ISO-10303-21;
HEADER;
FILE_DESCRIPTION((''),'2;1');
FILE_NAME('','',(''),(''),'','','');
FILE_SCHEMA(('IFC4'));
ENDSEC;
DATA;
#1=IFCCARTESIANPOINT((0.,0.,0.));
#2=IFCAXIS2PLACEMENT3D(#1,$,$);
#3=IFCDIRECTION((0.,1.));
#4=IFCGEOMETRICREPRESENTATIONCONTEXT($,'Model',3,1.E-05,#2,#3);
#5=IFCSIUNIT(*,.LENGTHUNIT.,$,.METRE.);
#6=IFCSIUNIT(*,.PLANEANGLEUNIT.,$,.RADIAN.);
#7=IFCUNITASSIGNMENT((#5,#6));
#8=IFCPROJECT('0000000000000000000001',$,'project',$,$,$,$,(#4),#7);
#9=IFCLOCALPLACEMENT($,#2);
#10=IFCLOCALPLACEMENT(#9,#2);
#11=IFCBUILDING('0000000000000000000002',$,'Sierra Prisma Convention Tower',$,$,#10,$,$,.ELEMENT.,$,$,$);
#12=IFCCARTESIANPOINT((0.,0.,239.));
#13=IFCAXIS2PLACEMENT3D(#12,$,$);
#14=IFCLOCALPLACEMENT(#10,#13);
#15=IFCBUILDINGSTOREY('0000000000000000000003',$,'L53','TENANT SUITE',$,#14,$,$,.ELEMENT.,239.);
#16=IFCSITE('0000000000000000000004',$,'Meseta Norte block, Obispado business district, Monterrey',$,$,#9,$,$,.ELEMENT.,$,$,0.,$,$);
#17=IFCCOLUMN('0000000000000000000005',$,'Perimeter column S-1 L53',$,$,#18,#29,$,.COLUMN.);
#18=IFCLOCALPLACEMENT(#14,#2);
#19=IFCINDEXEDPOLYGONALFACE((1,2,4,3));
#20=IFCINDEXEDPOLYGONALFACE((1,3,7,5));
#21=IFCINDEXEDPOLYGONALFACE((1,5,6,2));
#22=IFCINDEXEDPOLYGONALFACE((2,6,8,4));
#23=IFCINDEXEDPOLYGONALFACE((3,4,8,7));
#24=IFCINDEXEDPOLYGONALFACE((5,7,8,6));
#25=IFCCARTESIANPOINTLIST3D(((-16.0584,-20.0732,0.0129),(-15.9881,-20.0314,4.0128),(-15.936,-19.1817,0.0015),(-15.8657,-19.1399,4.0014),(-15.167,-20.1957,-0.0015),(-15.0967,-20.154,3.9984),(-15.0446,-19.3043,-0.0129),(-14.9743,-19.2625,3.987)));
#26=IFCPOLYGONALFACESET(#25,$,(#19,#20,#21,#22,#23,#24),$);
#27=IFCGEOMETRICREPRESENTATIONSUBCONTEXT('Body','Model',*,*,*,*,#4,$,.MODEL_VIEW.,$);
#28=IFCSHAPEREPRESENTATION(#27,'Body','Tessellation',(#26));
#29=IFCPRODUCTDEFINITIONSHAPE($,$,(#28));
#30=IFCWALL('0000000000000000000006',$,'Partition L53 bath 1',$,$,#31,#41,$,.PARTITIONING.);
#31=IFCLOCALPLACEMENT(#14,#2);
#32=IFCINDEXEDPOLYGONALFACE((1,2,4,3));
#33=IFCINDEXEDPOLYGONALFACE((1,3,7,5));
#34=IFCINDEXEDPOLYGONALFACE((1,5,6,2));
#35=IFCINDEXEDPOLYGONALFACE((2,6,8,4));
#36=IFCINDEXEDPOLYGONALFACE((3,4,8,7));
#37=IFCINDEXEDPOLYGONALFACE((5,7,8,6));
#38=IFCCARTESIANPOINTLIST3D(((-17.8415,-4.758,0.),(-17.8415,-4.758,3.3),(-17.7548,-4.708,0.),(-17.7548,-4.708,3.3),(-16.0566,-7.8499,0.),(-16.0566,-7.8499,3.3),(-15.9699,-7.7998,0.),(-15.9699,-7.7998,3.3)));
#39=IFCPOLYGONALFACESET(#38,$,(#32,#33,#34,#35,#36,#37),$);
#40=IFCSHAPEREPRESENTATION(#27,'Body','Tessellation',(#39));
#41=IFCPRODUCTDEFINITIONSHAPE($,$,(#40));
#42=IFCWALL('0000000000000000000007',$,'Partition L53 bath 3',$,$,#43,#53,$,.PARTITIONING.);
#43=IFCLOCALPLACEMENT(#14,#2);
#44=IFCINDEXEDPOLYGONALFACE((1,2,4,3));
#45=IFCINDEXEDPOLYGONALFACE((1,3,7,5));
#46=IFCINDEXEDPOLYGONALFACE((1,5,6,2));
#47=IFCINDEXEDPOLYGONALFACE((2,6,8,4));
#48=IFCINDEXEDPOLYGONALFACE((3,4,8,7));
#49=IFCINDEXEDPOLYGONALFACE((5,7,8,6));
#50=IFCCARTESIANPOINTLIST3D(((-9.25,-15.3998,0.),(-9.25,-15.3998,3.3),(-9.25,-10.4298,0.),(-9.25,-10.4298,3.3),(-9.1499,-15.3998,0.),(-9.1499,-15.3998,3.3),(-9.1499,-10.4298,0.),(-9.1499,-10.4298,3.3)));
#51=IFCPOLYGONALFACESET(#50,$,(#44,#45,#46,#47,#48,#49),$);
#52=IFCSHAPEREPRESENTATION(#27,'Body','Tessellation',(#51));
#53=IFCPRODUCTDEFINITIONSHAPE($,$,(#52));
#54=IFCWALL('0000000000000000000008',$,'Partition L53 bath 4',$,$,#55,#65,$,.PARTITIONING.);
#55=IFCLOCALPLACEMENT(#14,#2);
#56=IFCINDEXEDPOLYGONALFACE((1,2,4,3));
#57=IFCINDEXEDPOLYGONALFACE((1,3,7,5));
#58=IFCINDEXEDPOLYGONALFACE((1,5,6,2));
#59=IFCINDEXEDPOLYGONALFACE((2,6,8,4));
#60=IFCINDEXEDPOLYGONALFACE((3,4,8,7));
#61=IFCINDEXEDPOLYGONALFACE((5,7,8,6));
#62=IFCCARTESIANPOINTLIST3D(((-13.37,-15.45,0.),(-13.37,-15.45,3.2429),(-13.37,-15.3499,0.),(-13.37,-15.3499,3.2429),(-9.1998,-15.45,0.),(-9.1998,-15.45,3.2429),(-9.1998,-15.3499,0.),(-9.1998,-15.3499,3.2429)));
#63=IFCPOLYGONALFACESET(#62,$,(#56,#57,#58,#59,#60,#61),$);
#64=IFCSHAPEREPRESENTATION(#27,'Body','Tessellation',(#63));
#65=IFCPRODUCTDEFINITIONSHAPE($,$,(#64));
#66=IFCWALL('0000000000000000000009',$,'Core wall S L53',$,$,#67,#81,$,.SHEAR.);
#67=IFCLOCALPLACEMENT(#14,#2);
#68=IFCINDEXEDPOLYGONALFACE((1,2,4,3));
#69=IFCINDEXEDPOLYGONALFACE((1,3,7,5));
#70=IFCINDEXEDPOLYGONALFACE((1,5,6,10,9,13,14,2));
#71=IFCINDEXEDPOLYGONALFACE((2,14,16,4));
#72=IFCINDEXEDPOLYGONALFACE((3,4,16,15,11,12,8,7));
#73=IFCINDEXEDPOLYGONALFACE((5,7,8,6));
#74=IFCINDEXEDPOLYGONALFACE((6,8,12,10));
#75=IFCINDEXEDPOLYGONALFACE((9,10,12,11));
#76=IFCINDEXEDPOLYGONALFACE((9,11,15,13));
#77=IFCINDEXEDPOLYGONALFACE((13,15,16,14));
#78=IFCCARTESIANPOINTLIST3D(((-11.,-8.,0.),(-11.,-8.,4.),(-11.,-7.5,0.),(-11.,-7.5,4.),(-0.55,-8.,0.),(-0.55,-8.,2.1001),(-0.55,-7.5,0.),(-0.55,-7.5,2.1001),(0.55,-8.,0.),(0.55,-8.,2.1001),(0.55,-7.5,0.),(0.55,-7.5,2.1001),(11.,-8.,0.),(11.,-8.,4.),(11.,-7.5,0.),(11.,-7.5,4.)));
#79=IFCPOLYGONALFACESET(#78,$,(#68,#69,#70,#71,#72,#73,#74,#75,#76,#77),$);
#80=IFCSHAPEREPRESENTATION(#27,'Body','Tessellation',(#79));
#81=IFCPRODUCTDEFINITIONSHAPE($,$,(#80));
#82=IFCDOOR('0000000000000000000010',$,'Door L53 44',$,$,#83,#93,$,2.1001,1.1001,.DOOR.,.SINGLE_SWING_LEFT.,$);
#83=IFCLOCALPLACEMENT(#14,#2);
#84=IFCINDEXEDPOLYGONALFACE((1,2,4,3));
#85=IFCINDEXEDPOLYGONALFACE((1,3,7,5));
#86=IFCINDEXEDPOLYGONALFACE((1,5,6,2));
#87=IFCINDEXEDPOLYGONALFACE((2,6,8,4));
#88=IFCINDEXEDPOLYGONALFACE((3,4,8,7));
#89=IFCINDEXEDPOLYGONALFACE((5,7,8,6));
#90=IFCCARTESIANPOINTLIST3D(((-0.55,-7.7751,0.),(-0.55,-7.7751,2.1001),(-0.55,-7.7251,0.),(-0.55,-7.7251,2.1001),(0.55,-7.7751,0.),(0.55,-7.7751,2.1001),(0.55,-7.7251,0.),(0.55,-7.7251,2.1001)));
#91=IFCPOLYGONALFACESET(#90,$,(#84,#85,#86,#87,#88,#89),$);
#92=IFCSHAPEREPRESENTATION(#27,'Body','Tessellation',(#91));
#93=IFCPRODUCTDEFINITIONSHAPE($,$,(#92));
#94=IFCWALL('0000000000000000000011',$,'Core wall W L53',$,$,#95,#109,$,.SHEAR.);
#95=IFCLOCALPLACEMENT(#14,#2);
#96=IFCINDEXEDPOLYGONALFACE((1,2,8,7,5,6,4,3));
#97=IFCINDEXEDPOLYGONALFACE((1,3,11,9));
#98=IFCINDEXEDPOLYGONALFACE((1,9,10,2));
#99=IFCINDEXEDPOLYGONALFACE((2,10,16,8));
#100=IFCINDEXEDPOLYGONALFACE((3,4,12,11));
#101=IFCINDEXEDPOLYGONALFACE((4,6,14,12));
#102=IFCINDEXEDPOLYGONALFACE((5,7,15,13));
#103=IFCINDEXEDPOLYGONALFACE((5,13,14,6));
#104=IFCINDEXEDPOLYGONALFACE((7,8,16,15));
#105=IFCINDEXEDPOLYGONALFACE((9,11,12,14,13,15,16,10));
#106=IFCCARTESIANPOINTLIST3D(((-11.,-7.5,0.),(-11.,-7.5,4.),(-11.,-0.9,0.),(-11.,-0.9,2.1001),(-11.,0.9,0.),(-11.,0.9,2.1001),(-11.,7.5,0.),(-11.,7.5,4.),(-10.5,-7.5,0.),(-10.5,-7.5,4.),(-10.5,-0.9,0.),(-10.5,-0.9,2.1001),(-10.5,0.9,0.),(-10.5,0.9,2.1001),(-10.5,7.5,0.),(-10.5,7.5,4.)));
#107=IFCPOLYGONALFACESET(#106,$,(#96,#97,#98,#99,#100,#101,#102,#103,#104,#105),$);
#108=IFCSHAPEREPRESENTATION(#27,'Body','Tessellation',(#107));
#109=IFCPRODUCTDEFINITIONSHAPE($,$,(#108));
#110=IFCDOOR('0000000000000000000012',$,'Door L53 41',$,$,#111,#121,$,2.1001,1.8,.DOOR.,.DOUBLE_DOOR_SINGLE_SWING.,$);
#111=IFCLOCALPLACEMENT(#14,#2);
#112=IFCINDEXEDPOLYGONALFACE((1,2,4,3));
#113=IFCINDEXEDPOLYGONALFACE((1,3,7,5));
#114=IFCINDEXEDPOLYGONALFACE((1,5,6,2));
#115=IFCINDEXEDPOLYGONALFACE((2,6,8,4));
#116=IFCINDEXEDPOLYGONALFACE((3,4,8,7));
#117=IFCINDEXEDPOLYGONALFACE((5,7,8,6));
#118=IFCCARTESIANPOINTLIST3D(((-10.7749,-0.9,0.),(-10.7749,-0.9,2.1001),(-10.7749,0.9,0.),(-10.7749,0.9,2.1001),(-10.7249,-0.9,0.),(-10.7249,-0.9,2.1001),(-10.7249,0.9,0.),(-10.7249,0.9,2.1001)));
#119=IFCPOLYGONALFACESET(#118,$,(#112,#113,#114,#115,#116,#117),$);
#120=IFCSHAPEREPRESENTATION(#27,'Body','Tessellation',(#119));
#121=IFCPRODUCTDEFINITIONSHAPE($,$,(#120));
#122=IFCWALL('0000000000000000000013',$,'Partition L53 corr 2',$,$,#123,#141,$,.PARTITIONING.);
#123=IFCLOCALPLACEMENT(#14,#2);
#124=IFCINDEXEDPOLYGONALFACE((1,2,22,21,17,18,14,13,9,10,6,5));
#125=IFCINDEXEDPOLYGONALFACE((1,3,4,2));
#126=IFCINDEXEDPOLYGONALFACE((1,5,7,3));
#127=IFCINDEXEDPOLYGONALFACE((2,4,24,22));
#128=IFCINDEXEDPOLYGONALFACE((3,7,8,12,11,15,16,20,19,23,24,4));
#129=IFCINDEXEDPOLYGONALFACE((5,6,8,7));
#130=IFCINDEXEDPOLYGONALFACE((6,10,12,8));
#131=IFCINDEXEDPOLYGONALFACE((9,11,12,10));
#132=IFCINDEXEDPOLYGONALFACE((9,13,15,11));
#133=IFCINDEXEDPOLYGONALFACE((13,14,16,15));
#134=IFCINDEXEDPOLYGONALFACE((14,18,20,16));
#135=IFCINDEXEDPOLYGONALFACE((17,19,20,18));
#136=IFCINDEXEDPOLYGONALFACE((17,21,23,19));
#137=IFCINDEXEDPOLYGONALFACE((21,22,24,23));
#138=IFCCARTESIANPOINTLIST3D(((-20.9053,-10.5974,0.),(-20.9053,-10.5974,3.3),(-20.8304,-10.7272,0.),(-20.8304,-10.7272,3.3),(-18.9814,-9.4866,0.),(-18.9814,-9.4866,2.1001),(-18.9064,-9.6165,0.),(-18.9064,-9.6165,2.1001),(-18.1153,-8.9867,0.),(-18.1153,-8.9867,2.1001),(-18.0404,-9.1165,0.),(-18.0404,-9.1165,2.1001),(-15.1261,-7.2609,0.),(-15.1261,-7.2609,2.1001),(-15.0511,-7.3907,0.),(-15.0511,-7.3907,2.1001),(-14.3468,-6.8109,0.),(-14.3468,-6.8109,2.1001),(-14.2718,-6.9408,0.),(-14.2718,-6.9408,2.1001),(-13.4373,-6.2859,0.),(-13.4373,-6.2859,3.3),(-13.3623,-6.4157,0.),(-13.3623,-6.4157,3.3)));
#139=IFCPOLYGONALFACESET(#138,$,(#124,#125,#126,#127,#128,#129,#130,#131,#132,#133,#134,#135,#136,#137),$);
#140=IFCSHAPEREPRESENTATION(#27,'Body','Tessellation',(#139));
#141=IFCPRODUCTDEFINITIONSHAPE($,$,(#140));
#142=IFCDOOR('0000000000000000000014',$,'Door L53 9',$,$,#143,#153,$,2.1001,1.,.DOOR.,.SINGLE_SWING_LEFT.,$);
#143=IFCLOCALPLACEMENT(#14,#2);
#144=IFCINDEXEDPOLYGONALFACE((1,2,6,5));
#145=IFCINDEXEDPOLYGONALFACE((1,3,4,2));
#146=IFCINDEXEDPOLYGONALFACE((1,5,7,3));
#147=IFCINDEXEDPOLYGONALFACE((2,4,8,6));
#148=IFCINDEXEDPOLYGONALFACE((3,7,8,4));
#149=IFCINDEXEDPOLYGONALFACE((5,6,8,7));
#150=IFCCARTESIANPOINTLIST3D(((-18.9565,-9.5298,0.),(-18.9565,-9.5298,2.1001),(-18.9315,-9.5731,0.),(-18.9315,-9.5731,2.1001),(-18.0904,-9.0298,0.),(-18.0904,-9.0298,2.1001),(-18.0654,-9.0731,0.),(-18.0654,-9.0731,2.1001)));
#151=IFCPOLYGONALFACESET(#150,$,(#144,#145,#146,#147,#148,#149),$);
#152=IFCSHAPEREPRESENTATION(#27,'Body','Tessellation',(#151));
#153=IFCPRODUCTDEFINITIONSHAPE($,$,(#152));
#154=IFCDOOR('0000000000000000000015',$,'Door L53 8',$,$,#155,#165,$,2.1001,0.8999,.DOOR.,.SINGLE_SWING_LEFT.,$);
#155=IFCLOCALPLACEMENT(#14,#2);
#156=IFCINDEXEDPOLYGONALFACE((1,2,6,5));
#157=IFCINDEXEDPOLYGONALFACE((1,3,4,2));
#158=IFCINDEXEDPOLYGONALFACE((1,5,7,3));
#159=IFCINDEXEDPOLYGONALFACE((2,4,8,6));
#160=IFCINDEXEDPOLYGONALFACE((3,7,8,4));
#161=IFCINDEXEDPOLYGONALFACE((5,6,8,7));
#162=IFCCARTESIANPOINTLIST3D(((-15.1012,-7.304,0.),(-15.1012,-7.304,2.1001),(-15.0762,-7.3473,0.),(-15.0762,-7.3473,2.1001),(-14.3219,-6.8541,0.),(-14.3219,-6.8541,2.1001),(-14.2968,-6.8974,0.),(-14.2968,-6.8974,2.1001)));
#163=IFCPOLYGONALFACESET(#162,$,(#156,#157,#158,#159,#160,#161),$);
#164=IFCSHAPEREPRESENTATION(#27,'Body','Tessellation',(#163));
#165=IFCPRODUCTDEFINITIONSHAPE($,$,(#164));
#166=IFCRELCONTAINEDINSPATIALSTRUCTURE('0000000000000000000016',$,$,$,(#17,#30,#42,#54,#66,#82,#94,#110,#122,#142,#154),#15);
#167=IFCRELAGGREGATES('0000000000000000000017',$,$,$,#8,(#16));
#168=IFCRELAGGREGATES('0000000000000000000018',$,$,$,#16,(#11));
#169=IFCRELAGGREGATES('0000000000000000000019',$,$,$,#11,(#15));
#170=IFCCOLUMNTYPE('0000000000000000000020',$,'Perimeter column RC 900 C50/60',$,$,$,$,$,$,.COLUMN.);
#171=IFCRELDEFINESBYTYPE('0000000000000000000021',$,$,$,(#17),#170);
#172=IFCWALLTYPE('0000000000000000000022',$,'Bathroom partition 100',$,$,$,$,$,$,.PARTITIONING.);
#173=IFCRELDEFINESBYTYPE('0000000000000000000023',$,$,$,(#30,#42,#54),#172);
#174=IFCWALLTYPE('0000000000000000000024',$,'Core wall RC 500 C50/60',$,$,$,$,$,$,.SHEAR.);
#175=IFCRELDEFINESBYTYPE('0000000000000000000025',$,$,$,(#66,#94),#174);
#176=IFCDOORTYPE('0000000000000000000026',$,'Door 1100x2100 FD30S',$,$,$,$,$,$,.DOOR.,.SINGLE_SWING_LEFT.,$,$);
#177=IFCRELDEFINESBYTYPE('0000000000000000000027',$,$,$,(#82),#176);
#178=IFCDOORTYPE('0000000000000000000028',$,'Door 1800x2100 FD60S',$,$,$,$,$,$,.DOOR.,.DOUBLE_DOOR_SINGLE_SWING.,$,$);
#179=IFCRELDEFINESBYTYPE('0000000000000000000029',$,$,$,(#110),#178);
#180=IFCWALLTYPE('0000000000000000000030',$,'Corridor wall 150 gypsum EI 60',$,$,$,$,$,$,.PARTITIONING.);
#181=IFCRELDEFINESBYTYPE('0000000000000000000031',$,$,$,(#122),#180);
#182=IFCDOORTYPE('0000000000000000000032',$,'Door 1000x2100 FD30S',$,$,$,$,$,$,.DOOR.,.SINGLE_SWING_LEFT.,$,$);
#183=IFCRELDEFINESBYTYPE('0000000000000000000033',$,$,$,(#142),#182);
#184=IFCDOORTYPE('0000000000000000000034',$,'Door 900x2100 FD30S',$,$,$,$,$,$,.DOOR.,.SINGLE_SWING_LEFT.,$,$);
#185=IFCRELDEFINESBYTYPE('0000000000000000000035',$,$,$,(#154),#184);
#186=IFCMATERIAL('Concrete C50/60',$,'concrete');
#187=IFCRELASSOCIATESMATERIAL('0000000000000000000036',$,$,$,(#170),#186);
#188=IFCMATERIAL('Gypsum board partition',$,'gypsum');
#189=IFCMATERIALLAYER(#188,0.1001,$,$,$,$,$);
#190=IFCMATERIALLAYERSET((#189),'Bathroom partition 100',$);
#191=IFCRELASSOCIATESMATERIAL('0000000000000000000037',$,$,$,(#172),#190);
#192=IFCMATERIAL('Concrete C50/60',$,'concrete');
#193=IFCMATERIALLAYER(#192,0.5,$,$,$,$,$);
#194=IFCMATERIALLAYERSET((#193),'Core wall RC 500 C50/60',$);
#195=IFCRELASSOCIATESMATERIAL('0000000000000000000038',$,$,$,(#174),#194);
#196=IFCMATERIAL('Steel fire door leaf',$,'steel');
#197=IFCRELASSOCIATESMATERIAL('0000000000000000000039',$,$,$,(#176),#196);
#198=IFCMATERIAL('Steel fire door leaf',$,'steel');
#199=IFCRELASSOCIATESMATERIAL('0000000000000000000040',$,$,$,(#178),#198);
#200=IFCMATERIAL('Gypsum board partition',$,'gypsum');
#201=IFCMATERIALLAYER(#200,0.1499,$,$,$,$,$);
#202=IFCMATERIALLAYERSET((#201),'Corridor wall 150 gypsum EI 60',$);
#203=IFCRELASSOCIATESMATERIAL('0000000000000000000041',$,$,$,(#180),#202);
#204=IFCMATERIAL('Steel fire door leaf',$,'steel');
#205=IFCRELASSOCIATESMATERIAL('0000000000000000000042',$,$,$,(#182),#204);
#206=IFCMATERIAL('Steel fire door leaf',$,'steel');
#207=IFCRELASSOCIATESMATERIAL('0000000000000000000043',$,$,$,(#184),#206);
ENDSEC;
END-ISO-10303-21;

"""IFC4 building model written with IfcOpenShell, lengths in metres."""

from ifc_helpers import new_model, si_unit, direction, frame, frame_2d, origin, origin_2d, place, context, subcontext, project, spatial, rectangle, extrude, material, layer, layer_set, material_profile, profile_set, type_object, element, fill, save


model = new_model("IFC4")

# Units and contexts
model_context = context("Model", 3, precision=1e-05, world=origin(), true_north=direction((0.0, 1.0)))
body_context = subcontext(model_context, "Body", "Model", "MODEL_VIEW")
ifc_project = project(units=[si_unit("LENGTHUNIT", "METRE"), si_unit("PLANEANGLEUNIT", "RADIAN")], contexts=[model_context])

# Site, building, storey
site_placement = place(None, origin())
site = spatial("IfcSite", under=ifc_project, at=site_placement, Name="Meseta Norte block, Obispado business district, Monterrey", CompositionType="ELEMENT", RefElevation=0.0)
building_placement = place(site_placement, origin())
building = spatial("IfcBuilding", under=site, at=building_placement, Name="Sierra Prisma Convention Tower", CompositionType="ELEMENT")
storey_placement = place(building_placement, frame((0.0, 0.0, 239.0)))
storey = spatial("IfcBuildingStorey", under=building, at=storey_placement, Name="L53", Description="TENANT SUITE", CompositionType="ELEMENT", Elevation=239.0)

# Column
ifc_material_1 = material(Name="Concrete C50/60", Category="concrete")
ifc_material_profile = material_profile(ifc_material_1, rectangle(XDim=0.8999, YDim=0.8999, at=origin_2d()), Name="Perimeter column RC 900 C50/60")
ifc_profile_set = profile_set([ifc_material_profile], Name="Concrete C50/60")
column_type = type_object("IfcColumnType", Name="Perimeter column RC 900 C50/60", PredefinedType="COLUMN", material=ifc_profile_set)
column_placement = place(storey_placement, frame((-15.5515, -19.6887, 0.0), z_axis=(0.017574, 0.010435, 0.999791), x_axis=(-0.990548, 0.136231, 0.01599)))
element("IfcColumn", 1, at=column_placement, inside=storey, type_object=column_type, Name="Perimeter column S-1 L53", PredefinedType="COLUMN", context=body_context, shape_type="SweptSolid", body=[
    extrude(rectangle(XDim=0.8999, YDim=0.8999, at=origin_2d()), origin(), (0.0, 0.0, 1.0), 4.0007),
])

# Walls
ifc_material_2 = material(Name="Gypsum board partition", Category="gypsum")
ifc_layer_1 = layer(ifc_material_2, 0.1001)
ifc_layer_set_1 = layer_set([ifc_layer_1], Name="Bathroom partition 100")
wall_type_1 = type_object("IfcWallType", Name="Bathroom partition 100", PredefinedType="PARTITIONING", material=ifc_layer_set_1)
wall_1_placement = place(storey_placement, frame((-16.0132, -7.825, 0.0), z_axis=(0.0, 0.0, 1.0), x_axis=(-0.499971, 0.866042, 0.0)))
element("IfcWall", 2, at=wall_1_placement, inside=storey, type_object=wall_type_1, Name="Partition L53 bath 1", PredefinedType="PARTITIONING", context=body_context, shape_type="SweptSolid", body=[
    extrude(rectangle(XDim=3.5701, YDim=0.1001, at=frame_2d((1.7852, 0.0))), origin(), (0.0, 0.0, 1.0), 3.3),
])
wall_2_placement = place(storey_placement, frame((-9.2, -10.4299, 0.0), z_axis=(0.0, 0.0, 1.0), x_axis=(0.0, -1.0, 0.0)))
element("IfcWall", 3, at=wall_2_placement, inside=storey, type_object=wall_type_1, Name="Partition L53 bath 3", PredefinedType="PARTITIONING", context=body_context, shape_type="SweptSolid", body=[
    extrude(rectangle(XDim=4.97, YDim=0.1001, at=frame_2d((2.4849, 0.0))), origin(), (0.0, 0.0, 1.0), 3.3),
])
wall_3_placement = place(storey_placement, frame((-9.2, -15.3999, 0.0), z_axis=(0.0, 0.0, 1.0), x_axis=(-1.0, 0.0, 0.0)))
element("IfcWall", 4, at=wall_3_placement, inside=storey, type_object=wall_type_1, Name="Partition L53 bath 4", PredefinedType="PARTITIONING", context=body_context, shape_type="SweptSolid", body=[
    extrude(rectangle(XDim=4.1702, YDim=0.1001, at=frame_2d((2.085, 0.0))), origin(), (0.0, 0.0, 1.0), 3.2429),
])

# Walls, openings, doors
ifc_material_3 = material(Name="Concrete C50/60", Category="concrete")
ifc_layer_2 = layer(ifc_material_3, 0.5)
ifc_layer_set_2 = layer_set([ifc_layer_2], Name="Core wall RC 500 C50/60")
wall_type_2 = type_object("IfcWallType", Name="Core wall RC 500 C50/60", PredefinedType="SHEAR", material=ifc_layer_set_2)
wall_4_placement = place(storey_placement, frame((-11.0, -7.75, 0.0), z_axis=(0.0, 0.0, 1.0), x_axis=(1.0, 0.0, 0.0)))
wall_4 = element("IfcWall", 5, at=wall_4_placement, inside=storey, type_object=wall_type_2, Name="Core wall S L53", PredefinedType="SHEAR", context=body_context, shape_type="SweptSolid", body=[
    extrude(rectangle(XDim=22.0, YDim=0.5, at=frame_2d((11.0, 0.0))), origin(), (0.0, 0.0, 1.0), 4.0),
])
opening_1_placement = place(wall_4_placement, frame((10.45, 0.0, 0.0)))
opening_1 = element("IfcOpeningElement", 6, at=opening_1_placement, cuts=wall_4, PredefinedType="OPENING", context=body_context, shape_type="SweptSolid", body=[
    extrude(rectangle(XDim=1.1001, YDim=2.1001, at=frame_2d((0.55, 1.05))), frame((0.0, 0.25, 0.0), z_axis=(0.0, -1.0, 0.0), x_axis=(1.0, 0.0, 0.0)), (0.0, 0.0, 1.0), 0.5),
])
ifc_material_4 = material(Name="Steel fire door leaf", Category="steel")
door_type_1 = type_object("IfcDoorType", Name="Door 1100x2100 FD30S", OperationType="SINGLE_SWING_LEFT", PredefinedType="DOOR", material=ifc_material_4)
door_1_placement = place(opening_1_placement, origin())
door_1 = element("IfcDoor", 7, at=door_1_placement, inside=storey, type_object=door_type_1, Name="Door L53 44", OperationType="SINGLE_SWING_LEFT", OverallHeight=2.1001, OverallWidth=1.1001, PredefinedType="DOOR", context=body_context, shape_type="SweptSolid", body=[
    extrude(rectangle(XDim=1.1001, YDim=2.1001, at=frame_2d((0.55, 1.05))), frame((0.0, 0.0249, 0.0), z_axis=(0.0, -1.0, 0.0), x_axis=(1.0, 0.0, 0.0)), (0.0, 0.0, 1.0), 0.05),
])
fill(opening_1, door_1)
wall_5_placement = place(storey_placement, frame((-10.75, -7.5, 0.0), z_axis=(0.0, 0.0, 1.0), x_axis=(0.0, 1.0, 0.0)))
wall_5 = element("IfcWall", 8, at=wall_5_placement, inside=storey, type_object=wall_type_2, Name="Core wall W L53", PredefinedType="SHEAR", context=body_context, shape_type="SweptSolid", body=[
    extrude(rectangle(XDim=15.0, YDim=0.5, at=frame_2d((7.5, 0.0))), origin(), (0.0, 0.0, 1.0), 4.0),
])
opening_2_placement = place(wall_5_placement, frame((6.6001, 0.0, 0.0)))
opening_2 = element("IfcOpeningElement", 9, at=opening_2_placement, cuts=wall_5, PredefinedType="OPENING", context=body_context, shape_type="SweptSolid", body=[
    extrude(rectangle(XDim=1.8, YDim=2.1001, at=frame_2d((0.8999, 1.05))), frame((0.0, 0.25, 0.0), z_axis=(0.0, -1.0, 0.0), x_axis=(1.0, 0.0, 0.0)), (0.0, 0.0, 1.0), 0.5),
])
ifc_material_5 = material(Name="Steel fire door leaf", Category="steel")
door_type_2 = type_object("IfcDoorType", Name="Door 1800x2100 FD60S", OperationType="DOUBLE_DOOR_SINGLE_SWING", PredefinedType="DOOR", material=ifc_material_5)
door_2_placement = place(opening_2_placement, origin())
door_2 = element("IfcDoor", 10, at=door_2_placement, inside=storey, type_object=door_type_2, Name="Door L53 41", OperationType="DOUBLE_DOOR_SINGLE_SWING", OverallHeight=2.1001, OverallWidth=1.8, PredefinedType="DOOR", context=body_context, shape_type="SweptSolid", body=[
    extrude(rectangle(XDim=1.8, YDim=2.1001, at=frame_2d((0.8999, 1.05))), frame((0.0, 0.0249, 0.0), z_axis=(0.0, -1.0, 0.0), x_axis=(1.0, 0.0, 0.0)), (0.0, 0.0, 1.0), 0.05),
])
fill(opening_2, door_2)

# Wall, openings, doors
ifc_material_6 = material(Name="Gypsum board partition", Category="gypsum")
ifc_layer_3 = layer(ifc_material_6, 0.1499)
ifc_layer_set_3 = layer_set([ifc_layer_3], Name="Corridor wall 150 gypsum EI 60")
wall_type_3 = type_object("IfcWallType", Name="Corridor wall 150 gypsum EI 60", PredefinedType="PARTITIONING", material=ifc_layer_set_3)
wall_6_placement = place(storey_placement, frame((-13.3999, -6.3508, 0.0), z_axis=(0.0, 0.0, 1.0), x_axis=(-0.866032, -0.499988, 0.0)))
wall_6 = element("IfcWall", 11, at=wall_6_placement, inside=storey, type_object=wall_type_3, Name="Partition L53 corr 2", PredefinedType="PARTITIONING", context=body_context, shape_type="SweptSolid", body=[
    extrude(rectangle(XDim=8.6233, YDim=0.1499, at=frame_2d((4.3115, 0.0))), origin(), (0.0, 0.0, 1.0), 3.3),
])
opening_3_placement = place(wall_6_placement, frame((1.05, 0.0, 0.0)))
opening_3 = element("IfcOpeningElement", 12, at=opening_3_placement, cuts=wall_6, PredefinedType="OPENING", context=body_context, shape_type="SweptSolid", body=[
    extrude(rectangle(XDim=0.8999, YDim=2.1001, at=frame_2d((0.45, 1.05))), frame((0.0, 0.075, 0.0), z_axis=(0.0, -1.0, 0.0), x_axis=(1.0, 0.0, 0.0)), (0.0, 0.0, 1.0), 0.1499),
])
opening_4_placement = place(wall_6_placement, frame((5.4016, 0.0, 0.0)))
opening_4 = element("IfcOpeningElement", 13, at=opening_4_placement, cuts=wall_6, PredefinedType="OPENING", context=body_context, shape_type="SweptSolid", body=[
    extrude(rectangle(XDim=1.0, YDim=2.1001, at=frame_2d((0.5, 1.05))), frame((0.0, 0.075, 0.0), z_axis=(0.0, -1.0, 0.0), x_axis=(1.0, 0.0, 0.0)), (0.0, 0.0, 1.0), 0.1499),
])
ifc_material_7 = material(Name="Steel fire door leaf", Category="steel")
door_type_3 = type_object("IfcDoorType", Name="Door 1000x2100 FD30S", OperationType="SINGLE_SWING_LEFT", PredefinedType="DOOR", material=ifc_material_7)
door_3_placement = place(opening_4_placement, origin())
door_3 = element("IfcDoor", 14, at=door_3_placement, inside=storey, type_object=door_type_3, Name="Door L53 9", OperationType="SINGLE_SWING_LEFT", OverallHeight=2.1001, OverallWidth=1.0, PredefinedType="DOOR", context=body_context, shape_type="SweptSolid", body=[
    extrude(rectangle(XDim=1.0, YDim=2.1001, at=frame_2d((0.5, 1.05))), frame((0.0, 0.0249, 0.0), z_axis=(0.0, -1.0, 0.0), x_axis=(1.0, 0.0, 0.0)), (0.0, 0.0, 1.0), 0.05),
])
fill(opening_4, door_3)
ifc_material_8 = material(Name="Steel fire door leaf", Category="steel")
door_type_4 = type_object("IfcDoorType", Name="Door 900x2100 FD30S", OperationType="SINGLE_SWING_LEFT", PredefinedType="DOOR", material=ifc_material_8)
door_4_placement = place(opening_3_placement, origin())
door_4 = element("IfcDoor", 15, at=door_4_placement, inside=storey, type_object=door_type_4, Name="Door L53 8", OperationType="SINGLE_SWING_LEFT", OverallHeight=2.1001, OverallWidth=0.8999, PredefinedType="DOOR", context=body_context, shape_type="SweptSolid", body=[
    extrude(rectangle(XDim=0.8999, YDim=2.1001, at=frame_2d((0.45, 1.05))), frame((0.0, 0.0249, 0.0), z_axis=(0.0, -1.0, 0.0), x_axis=(1.0, 0.0, 0.0)), (0.0, 0.0, 1.0), 0.05),
])
fill(opening_3, door_4)

save(model, "model.ifc")
